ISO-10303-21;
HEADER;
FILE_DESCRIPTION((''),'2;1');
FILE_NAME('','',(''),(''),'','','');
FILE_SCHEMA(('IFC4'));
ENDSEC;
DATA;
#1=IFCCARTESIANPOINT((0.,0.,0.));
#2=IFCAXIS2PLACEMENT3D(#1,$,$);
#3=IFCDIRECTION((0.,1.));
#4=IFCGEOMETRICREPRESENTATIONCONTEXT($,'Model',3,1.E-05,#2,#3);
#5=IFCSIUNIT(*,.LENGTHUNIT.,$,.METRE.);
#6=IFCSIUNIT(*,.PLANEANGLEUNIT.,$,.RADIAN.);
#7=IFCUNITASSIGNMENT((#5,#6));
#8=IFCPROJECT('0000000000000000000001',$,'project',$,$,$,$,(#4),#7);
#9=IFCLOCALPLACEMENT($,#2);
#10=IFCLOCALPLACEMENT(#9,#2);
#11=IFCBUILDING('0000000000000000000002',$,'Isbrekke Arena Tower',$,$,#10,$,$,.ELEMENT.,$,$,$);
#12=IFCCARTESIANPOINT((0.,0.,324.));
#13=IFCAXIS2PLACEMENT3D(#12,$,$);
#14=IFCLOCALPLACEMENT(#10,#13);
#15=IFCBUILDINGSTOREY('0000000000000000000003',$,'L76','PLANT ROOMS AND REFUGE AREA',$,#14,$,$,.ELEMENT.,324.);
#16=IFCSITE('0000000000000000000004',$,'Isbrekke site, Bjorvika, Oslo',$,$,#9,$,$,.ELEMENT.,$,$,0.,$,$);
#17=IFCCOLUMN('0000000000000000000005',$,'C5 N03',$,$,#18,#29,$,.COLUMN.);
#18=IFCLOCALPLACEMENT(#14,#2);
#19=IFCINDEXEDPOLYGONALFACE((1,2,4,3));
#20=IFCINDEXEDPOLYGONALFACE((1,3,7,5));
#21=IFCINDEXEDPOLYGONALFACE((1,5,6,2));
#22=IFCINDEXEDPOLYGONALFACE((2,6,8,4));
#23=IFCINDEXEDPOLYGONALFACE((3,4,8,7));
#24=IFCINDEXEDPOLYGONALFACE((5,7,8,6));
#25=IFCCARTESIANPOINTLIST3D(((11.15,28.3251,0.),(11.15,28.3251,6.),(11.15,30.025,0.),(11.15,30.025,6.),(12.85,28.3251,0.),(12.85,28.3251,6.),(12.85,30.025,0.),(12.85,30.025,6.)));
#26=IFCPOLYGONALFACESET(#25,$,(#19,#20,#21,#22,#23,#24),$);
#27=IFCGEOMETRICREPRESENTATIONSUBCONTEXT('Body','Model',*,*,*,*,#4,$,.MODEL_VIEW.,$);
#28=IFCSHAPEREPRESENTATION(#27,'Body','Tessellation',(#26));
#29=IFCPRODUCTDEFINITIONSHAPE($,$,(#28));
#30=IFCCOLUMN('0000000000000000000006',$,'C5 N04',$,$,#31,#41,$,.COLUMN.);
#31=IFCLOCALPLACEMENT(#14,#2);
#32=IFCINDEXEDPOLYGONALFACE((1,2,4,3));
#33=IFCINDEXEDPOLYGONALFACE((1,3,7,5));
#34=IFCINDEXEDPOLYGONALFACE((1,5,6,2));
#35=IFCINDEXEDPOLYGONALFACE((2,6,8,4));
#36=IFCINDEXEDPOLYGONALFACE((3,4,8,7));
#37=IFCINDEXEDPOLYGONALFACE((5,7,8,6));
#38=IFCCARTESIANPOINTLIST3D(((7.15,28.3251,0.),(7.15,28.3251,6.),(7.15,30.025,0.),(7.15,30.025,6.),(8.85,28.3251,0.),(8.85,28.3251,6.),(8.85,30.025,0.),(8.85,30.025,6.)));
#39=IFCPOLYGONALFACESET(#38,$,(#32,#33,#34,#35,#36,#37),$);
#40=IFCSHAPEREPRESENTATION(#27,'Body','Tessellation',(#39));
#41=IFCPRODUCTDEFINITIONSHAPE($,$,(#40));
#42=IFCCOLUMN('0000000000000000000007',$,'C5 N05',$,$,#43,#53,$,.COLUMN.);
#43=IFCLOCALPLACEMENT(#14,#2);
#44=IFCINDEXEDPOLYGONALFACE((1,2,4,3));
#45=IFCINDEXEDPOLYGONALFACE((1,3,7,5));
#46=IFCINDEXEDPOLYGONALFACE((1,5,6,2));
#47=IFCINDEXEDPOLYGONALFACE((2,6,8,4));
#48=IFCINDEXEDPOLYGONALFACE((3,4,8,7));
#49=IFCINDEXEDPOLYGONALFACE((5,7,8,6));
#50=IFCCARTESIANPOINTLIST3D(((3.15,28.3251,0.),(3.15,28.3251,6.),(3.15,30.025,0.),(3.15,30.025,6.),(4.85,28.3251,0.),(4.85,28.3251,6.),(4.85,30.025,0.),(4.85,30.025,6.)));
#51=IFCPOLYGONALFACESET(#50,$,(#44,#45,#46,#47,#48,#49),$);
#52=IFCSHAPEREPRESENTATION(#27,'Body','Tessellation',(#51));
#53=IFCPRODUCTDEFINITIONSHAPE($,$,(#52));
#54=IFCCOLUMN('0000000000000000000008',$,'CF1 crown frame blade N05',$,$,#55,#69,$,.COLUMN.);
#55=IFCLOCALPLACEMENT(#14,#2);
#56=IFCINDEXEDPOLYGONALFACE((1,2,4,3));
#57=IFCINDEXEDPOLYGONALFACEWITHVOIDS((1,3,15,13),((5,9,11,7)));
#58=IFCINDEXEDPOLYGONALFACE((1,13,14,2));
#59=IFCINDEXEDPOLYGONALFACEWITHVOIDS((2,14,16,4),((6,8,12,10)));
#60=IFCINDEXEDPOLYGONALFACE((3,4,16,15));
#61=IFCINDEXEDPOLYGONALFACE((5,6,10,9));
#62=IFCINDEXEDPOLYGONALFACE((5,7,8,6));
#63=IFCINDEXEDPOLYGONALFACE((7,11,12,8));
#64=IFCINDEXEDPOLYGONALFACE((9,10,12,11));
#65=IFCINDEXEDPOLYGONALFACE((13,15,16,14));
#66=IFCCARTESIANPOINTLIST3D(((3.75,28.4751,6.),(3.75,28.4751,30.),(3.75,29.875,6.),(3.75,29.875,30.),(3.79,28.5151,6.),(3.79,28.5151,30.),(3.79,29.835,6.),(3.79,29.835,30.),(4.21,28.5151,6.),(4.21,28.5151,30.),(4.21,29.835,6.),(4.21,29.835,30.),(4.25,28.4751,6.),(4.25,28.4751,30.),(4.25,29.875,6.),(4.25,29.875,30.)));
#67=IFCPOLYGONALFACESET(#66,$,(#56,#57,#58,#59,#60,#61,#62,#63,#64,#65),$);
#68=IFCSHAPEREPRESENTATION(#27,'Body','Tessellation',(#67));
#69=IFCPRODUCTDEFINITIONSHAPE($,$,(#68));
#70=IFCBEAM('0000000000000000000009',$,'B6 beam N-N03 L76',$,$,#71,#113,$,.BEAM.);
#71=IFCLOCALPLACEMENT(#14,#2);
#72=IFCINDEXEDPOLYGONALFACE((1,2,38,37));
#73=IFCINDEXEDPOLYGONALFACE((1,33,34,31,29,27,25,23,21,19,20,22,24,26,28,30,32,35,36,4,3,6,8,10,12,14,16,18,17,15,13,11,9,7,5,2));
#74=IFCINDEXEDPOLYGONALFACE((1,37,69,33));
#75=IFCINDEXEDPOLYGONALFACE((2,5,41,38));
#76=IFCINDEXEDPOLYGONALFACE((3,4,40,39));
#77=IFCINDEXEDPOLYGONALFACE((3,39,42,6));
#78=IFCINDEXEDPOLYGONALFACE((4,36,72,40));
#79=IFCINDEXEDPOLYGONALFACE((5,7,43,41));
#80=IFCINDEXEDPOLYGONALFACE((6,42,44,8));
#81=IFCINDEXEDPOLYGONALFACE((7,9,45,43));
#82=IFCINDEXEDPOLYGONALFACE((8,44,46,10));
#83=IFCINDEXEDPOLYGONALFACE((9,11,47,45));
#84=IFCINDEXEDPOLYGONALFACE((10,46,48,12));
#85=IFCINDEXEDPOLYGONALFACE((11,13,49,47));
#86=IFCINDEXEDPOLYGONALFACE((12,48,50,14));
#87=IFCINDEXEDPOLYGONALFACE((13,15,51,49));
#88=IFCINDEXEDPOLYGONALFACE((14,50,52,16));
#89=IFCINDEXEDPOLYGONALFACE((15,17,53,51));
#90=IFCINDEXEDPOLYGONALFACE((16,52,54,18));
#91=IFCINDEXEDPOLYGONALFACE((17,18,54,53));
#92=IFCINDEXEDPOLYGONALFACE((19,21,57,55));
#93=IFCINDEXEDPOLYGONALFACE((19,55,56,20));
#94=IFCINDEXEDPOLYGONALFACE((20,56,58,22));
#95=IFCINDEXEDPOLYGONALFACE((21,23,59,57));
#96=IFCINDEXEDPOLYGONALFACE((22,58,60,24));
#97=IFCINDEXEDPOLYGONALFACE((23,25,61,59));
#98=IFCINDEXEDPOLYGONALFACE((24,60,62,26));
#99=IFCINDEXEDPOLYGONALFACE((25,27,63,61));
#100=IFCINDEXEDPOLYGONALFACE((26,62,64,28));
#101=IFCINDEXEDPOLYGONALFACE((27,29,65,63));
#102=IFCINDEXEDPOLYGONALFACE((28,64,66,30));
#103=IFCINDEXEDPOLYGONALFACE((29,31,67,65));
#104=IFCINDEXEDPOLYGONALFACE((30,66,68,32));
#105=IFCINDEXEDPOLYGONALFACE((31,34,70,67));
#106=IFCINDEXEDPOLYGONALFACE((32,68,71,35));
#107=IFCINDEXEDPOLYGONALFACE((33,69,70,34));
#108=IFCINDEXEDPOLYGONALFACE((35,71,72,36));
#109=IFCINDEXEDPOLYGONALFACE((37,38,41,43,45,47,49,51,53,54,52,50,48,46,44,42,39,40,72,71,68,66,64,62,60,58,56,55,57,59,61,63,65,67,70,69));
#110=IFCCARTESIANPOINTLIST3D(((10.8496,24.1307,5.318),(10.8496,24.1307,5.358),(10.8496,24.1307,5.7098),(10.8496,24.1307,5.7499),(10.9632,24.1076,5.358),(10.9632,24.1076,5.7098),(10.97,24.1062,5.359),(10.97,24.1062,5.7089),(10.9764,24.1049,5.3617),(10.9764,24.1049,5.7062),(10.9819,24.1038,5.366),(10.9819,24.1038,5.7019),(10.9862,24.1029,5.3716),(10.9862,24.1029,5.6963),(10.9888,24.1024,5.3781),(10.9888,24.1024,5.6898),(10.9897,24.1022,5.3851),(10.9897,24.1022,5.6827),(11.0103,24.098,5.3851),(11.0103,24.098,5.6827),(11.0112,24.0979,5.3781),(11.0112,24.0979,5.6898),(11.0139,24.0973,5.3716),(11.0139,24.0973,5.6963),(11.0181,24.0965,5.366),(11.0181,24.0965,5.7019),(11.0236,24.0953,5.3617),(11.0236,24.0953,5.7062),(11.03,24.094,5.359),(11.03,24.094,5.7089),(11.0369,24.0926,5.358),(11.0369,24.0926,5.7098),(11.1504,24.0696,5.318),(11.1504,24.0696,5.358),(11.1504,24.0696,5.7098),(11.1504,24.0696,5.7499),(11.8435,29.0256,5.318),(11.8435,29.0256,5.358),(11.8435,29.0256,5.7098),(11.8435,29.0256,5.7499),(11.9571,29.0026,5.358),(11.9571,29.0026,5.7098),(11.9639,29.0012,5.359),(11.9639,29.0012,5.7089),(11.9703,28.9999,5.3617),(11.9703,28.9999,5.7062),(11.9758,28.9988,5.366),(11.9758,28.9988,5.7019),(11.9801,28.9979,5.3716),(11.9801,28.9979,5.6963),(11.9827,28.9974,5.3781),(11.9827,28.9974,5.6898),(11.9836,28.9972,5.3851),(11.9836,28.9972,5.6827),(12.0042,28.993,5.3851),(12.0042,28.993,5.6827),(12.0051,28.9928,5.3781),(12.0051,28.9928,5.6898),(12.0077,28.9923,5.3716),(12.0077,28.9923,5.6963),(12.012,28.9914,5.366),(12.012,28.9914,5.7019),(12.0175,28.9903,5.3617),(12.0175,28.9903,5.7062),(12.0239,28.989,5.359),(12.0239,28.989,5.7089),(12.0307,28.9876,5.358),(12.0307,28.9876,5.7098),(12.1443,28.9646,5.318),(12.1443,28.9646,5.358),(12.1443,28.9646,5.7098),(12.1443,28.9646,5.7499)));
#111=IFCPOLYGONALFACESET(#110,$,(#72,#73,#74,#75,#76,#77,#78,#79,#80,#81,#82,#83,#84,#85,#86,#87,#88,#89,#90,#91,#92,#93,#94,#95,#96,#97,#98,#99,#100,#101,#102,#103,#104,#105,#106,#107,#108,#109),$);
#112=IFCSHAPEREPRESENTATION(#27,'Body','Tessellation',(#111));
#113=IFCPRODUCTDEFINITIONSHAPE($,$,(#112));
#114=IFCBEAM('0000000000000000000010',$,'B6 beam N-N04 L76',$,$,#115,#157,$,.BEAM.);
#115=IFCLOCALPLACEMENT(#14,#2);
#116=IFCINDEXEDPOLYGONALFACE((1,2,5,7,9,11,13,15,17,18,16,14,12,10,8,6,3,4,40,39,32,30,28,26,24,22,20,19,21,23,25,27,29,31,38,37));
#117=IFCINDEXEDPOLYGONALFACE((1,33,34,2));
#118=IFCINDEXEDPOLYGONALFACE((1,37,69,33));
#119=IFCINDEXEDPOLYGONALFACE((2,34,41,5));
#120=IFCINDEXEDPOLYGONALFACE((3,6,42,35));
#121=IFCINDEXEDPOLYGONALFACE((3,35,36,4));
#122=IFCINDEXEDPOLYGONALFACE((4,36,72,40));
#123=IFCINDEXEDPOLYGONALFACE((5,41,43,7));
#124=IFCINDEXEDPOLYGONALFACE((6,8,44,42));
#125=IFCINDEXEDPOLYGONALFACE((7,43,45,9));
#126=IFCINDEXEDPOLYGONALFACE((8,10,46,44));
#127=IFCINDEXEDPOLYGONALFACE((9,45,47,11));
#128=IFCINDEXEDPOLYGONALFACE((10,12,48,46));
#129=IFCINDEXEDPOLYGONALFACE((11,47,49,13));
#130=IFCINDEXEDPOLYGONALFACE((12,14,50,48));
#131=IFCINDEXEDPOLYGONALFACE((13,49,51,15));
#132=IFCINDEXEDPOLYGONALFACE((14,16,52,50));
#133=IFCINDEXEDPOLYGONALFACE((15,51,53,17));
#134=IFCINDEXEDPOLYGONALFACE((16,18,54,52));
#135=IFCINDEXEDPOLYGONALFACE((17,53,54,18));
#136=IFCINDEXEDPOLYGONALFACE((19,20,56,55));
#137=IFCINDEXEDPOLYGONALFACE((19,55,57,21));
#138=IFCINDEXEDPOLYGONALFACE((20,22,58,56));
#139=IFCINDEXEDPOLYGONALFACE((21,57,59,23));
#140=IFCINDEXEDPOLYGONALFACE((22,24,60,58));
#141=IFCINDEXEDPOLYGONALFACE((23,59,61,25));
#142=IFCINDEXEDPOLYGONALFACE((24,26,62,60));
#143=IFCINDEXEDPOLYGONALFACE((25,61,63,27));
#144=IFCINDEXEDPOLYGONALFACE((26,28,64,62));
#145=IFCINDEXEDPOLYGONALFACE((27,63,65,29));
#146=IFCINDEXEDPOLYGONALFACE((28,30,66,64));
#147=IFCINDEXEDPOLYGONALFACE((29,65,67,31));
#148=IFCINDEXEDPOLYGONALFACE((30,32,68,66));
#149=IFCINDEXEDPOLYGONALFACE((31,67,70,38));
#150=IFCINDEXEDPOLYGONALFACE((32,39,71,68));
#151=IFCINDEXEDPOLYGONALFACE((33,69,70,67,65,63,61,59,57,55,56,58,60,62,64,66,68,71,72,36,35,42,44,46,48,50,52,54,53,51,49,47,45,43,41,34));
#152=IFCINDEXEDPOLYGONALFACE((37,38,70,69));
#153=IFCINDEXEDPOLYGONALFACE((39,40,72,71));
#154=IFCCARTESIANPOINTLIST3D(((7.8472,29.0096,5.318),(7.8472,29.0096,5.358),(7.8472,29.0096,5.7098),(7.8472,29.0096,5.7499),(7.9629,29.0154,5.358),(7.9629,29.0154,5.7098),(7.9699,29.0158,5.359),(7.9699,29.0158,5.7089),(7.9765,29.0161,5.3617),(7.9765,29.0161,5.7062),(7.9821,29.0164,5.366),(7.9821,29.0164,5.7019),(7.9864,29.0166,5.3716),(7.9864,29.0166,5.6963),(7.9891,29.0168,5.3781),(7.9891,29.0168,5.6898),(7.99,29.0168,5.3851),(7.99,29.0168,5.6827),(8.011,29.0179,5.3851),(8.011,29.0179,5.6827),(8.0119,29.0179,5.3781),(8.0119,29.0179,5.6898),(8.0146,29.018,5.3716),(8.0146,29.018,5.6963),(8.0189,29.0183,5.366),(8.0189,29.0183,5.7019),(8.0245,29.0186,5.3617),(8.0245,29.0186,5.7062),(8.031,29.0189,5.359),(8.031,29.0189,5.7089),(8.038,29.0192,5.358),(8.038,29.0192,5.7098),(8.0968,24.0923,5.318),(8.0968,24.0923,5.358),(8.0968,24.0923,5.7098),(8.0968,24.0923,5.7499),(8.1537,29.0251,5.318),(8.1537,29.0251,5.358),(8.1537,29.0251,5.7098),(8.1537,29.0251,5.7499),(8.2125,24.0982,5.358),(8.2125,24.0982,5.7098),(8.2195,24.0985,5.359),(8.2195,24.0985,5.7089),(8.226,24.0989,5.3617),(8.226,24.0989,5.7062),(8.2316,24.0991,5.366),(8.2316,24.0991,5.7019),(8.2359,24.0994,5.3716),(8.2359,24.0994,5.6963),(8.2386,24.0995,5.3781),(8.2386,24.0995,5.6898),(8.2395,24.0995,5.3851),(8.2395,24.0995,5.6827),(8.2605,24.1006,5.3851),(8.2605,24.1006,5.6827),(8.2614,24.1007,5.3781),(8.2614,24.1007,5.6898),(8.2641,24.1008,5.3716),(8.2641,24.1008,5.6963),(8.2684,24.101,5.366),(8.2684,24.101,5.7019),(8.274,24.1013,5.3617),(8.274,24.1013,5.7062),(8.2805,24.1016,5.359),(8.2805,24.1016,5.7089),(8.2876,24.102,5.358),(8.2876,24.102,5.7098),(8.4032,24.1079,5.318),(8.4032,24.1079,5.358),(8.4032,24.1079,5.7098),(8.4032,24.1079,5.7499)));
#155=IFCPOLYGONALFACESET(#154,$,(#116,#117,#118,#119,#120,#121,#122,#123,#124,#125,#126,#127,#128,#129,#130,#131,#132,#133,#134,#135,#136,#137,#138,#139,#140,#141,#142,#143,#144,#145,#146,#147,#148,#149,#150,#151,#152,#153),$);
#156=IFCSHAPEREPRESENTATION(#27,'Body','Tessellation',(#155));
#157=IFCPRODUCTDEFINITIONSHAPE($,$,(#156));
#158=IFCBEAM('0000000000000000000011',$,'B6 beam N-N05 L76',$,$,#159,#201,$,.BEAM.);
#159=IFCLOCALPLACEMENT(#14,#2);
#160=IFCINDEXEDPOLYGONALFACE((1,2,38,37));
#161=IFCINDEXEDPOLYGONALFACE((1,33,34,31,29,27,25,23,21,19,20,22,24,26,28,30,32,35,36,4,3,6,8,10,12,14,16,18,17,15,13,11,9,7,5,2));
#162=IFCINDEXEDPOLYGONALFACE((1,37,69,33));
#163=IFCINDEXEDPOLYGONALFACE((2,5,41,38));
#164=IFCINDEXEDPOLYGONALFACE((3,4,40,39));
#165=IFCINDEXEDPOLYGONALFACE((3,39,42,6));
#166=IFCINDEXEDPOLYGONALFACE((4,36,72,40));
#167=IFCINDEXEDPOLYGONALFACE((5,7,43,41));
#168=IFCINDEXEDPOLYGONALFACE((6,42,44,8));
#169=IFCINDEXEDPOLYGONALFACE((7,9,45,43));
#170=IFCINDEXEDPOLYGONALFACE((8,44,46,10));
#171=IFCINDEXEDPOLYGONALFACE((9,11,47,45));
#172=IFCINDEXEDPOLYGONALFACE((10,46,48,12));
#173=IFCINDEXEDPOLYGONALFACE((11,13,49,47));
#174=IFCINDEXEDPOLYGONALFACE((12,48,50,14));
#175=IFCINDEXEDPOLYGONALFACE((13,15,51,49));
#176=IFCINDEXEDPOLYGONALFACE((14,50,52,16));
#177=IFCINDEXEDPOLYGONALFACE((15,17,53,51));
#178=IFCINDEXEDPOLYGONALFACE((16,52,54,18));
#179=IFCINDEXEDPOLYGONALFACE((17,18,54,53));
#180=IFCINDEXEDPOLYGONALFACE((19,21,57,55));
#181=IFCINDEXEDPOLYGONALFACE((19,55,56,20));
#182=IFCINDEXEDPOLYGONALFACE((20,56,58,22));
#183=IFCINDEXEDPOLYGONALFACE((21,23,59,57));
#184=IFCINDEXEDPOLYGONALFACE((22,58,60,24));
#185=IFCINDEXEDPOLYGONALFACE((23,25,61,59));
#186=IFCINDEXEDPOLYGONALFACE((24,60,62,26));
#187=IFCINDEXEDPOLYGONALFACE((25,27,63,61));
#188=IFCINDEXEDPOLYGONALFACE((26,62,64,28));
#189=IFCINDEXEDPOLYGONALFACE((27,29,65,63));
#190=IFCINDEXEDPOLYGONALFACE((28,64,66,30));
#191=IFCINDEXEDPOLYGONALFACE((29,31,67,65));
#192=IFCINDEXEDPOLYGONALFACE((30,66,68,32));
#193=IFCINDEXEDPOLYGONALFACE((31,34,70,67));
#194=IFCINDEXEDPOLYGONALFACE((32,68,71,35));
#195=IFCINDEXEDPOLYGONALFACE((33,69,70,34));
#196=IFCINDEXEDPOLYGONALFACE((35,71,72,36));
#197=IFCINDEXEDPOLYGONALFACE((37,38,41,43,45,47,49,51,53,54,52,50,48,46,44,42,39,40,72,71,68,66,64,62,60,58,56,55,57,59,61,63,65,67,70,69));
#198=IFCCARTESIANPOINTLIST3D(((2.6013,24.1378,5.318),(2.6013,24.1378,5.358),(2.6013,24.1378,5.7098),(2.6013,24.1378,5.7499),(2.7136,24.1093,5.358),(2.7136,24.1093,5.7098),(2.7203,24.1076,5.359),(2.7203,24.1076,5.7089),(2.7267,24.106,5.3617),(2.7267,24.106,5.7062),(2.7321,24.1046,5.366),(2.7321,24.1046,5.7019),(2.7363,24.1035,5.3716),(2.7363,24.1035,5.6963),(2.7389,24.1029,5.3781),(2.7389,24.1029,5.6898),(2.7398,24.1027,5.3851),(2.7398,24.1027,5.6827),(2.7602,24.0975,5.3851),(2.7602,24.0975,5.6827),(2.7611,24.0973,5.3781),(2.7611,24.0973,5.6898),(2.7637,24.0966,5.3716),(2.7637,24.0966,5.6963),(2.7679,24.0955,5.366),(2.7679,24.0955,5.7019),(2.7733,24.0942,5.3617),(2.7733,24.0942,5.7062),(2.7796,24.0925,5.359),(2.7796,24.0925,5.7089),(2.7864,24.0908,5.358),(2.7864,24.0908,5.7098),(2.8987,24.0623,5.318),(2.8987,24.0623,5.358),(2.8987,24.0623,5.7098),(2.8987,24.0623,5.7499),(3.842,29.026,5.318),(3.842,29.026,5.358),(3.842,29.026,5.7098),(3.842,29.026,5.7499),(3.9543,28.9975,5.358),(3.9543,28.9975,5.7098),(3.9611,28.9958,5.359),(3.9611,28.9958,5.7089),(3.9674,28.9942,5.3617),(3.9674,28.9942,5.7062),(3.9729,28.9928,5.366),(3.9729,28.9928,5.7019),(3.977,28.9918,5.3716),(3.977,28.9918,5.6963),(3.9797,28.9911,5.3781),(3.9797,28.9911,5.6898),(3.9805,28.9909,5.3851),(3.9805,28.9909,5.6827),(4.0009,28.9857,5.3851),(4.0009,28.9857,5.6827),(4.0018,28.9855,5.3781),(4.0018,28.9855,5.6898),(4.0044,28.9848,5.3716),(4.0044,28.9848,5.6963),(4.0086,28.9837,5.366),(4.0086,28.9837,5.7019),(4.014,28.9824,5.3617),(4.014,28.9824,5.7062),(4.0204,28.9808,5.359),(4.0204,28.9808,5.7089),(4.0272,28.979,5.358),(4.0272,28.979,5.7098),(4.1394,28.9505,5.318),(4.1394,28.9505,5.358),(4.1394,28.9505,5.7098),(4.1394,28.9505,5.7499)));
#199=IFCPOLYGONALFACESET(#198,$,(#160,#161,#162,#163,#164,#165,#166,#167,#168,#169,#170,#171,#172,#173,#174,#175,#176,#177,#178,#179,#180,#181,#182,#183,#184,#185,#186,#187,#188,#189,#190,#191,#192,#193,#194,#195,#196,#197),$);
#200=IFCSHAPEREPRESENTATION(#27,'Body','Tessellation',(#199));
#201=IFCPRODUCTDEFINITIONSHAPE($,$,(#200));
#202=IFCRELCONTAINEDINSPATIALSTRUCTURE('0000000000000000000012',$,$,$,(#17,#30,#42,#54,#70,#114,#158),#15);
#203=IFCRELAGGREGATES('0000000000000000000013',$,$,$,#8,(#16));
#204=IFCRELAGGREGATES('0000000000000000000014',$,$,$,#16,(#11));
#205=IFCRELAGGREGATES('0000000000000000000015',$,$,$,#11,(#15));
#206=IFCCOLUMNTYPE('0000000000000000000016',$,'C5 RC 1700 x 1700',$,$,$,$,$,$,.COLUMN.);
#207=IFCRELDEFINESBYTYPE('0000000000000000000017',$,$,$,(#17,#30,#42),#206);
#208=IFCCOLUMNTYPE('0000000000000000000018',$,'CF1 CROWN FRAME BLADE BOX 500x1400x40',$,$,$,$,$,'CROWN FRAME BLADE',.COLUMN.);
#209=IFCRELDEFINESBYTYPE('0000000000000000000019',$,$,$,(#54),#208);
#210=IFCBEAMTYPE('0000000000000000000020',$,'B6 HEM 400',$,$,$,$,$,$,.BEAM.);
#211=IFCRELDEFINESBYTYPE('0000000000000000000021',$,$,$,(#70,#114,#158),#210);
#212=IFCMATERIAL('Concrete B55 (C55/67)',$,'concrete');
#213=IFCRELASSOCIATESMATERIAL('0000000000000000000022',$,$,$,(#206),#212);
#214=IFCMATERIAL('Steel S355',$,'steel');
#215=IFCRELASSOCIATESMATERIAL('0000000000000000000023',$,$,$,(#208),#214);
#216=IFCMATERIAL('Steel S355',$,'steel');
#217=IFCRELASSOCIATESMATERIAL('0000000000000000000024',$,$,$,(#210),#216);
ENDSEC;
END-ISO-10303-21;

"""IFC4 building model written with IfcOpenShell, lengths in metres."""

from ifc_helpers import new_model, si_unit, direction, frame, origin, origin_2d, place, context, subcontext, project, spatial, rectangle, hollow_rectangle, i_section, extrude, material, material_profile, profile_set, type_object, element, save


model = new_model("IFC4")

# Units and contexts
model_context = context("Model", 3, precision=1e-05, world=origin(), true_north=direction((0.0, 1.0)))
body_context = subcontext(model_context, "Body", "Model", "MODEL_VIEW")
ifc_project = project(units=[si_unit("LENGTHUNIT", "METRE"), si_unit("PLANEANGLEUNIT", "RADIAN")], contexts=[model_context])

# Site, building, storey
site_placement = place(None, origin())
site = spatial("IfcSite", under=ifc_project, at=site_placement, Name="Isbrekke site, Bjorvika, Oslo", CompositionType="ELEMENT", RefElevation=0.0)
building_placement = place(site_placement, origin())
building = spatial("IfcBuilding", under=site, at=building_placement, Name="Isbrekke Arena Tower", CompositionType="ELEMENT")
storey_placement = place(building_placement, frame((0.0, 0.0, 324.0)))
storey = spatial("IfcBuildingStorey", under=building, at=storey_placement, Name="L76", Description="PLANT ROOMS AND REFUGE AREA", CompositionType="ELEMENT", Elevation=324.0)

# Columns
ifc_material_1 = material(Name="Concrete B55 (C55/67)", Category="concrete")
ifc_material_profile_1 = material_profile(ifc_material_1, rectangle(XDim=1.7, YDim=1.7, at=origin_2d()), Name="RC 1700x1700")
ifc_profile_set_1 = profile_set([ifc_material_profile_1], Name="Concrete B55 (C55/67)")
column_type_1 = type_object("IfcColumnType", Name="C5 RC 1700 x 1700", PredefinedType="COLUMN", material=ifc_profile_set_1)
for number, where, z_axis, x_axis, name in (
    (1, (12.0, 29.175, 0.0), (0.0, 0.0, 1.0), (-1.0, 0.0, 0.0), "C5 N03"),
    (2, (8.0, 29.175, 0.0), (0.0, 0.0, 1.0), (-1.0, 0.0, 0.0), "C5 N04"),
    (3, (4.0, 29.175, 0.0), (0.0, 0.0, 1.0), (-1.0, 0.0, 0.0), "C5 N05"),
):
    element("IfcColumn", number, at=place(storey_placement, frame(where, z_axis=z_axis, x_axis=x_axis)), inside=storey, type_object=column_type_1, Name=name, PredefinedType="COLUMN", context=body_context, shape_type="SweptSolid", body=[
        extrude(rectangle(XDim=1.7, YDim=1.7, at=origin_2d()), origin(), (0.0, 0.0, 1.0), 6.0),
    ])
ifc_material_2 = material(Name="Steel S355", Category="steel")
ifc_material_profile_2 = material_profile(ifc_material_2, hollow_rectangle(XDim=0.5, YDim=1.3999, WallThickness=0.04, at=origin_2d()), Name="BOX 500x1400x40")
ifc_profile_set_2 = profile_set([ifc_material_profile_2], Name="Steel S355")
column_type_2 = type_object("IfcColumnType", Name="CF1 CROWN FRAME BLADE BOX 500x1400x40", ElementType="CROWN FRAME BLADE", PredefinedType="COLUMN", material=ifc_profile_set_2)
column_placement = place(storey_placement, frame((4.0, 29.175, 6.0), z_axis=(0.0, 0.0, 1.0), x_axis=(-1.0, 0.0, 0.0)))
element("IfcColumn", 4, at=column_placement, inside=storey, type_object=column_type_2, Name="CF1 crown frame blade N05", PredefinedType="COLUMN", context=body_context, shape_type="SweptSolid", body=[
    extrude(hollow_rectangle(XDim=0.5, YDim=1.3999, WallThickness=0.04, at=origin_2d()), origin(), (0.0, 0.0, 1.0), 24.0),
])

# Beams
ifc_material_3 = material(Name="Steel S355", Category="steel")
ifc_material_profile_3 = material_profile(ifc_material_3, i_section(OverallWidth=0.3069, OverallDepth=0.4319, WebThickness=0.021, FlangeThickness=0.04, FilletRadius=0.0271, at=origin_2d()), Name="HEM 400")
ifc_profile_set_3 = profile_set([ifc_material_profile_3], Name="Steel S355")
beam_type_1 = type_object("IfcBeamType", Name="B6 HEM 400", PredefinedType="BEAM", material=ifc_profile_set_3)
beam_1_placement = place(storey_placement, frame((11.9939, 28.9951, 5.5339), z_axis=(-0.198982, -0.980003, 0.0), x_axis=(0.980003, -0.198982, 0.0)))
element("IfcBeam", 5, at=beam_1_placement, inside=storey, type_object=beam_type_1, Name="B6 beam N-N03 L76", PredefinedType="BEAM", context=body_context, shape_type="SweptSolid", body=[
    extrude(i_section(OverallWidth=0.3069, OverallDepth=0.4319, WebThickness=0.021, FlangeThickness=0.04, FilletRadius=0.0271, at=origin_2d()), origin(), (0.0, 0.0, 1.0), 4.9949),
])
beam_2_placement = place(storey_placement, frame((8.0005, 29.0173, 5.5339), z_axis=(0.050677, -0.998715, 0.0), x_axis=(0.998715, 0.050677, 0.0)))
element("IfcBeam", 6, at=beam_2_placement, inside=storey, type_object=beam_type_1, Name="B6 beam N-N04 L76", PredefinedType="BEAM", context=body_context, shape_type="SweptSolid", body=[
    extrude(i_section(OverallWidth=0.3069, OverallDepth=0.4319, WebThickness=0.021, FlangeThickness=0.04, FilletRadius=0.0271, at=origin_2d()), origin(), (0.0, 0.0, 1.0), 4.9236),
])
beam_3_placement = place(storey_placement, frame((3.9907, 28.9883, 5.5339), z_axis=(-0.24602, -0.969265, 0.0), x_axis=(0.969265, -0.24602, 0.0)))
element("IfcBeam", 7, at=beam_3_placement, inside=storey, type_object=beam_type_1, Name="B6 beam N-N05 L76", PredefinedType="BEAM", context=body_context, shape_type="SweptSolid", body=[
    extrude(i_section(OverallWidth=0.3069, OverallDepth=0.4319, WebThickness=0.021, FlangeThickness=0.04, FilletRadius=0.0271, at=origin_2d()), origin(), (0.0, 0.0, 1.0), 5.0432),
])

save(model, "model.ifc")
